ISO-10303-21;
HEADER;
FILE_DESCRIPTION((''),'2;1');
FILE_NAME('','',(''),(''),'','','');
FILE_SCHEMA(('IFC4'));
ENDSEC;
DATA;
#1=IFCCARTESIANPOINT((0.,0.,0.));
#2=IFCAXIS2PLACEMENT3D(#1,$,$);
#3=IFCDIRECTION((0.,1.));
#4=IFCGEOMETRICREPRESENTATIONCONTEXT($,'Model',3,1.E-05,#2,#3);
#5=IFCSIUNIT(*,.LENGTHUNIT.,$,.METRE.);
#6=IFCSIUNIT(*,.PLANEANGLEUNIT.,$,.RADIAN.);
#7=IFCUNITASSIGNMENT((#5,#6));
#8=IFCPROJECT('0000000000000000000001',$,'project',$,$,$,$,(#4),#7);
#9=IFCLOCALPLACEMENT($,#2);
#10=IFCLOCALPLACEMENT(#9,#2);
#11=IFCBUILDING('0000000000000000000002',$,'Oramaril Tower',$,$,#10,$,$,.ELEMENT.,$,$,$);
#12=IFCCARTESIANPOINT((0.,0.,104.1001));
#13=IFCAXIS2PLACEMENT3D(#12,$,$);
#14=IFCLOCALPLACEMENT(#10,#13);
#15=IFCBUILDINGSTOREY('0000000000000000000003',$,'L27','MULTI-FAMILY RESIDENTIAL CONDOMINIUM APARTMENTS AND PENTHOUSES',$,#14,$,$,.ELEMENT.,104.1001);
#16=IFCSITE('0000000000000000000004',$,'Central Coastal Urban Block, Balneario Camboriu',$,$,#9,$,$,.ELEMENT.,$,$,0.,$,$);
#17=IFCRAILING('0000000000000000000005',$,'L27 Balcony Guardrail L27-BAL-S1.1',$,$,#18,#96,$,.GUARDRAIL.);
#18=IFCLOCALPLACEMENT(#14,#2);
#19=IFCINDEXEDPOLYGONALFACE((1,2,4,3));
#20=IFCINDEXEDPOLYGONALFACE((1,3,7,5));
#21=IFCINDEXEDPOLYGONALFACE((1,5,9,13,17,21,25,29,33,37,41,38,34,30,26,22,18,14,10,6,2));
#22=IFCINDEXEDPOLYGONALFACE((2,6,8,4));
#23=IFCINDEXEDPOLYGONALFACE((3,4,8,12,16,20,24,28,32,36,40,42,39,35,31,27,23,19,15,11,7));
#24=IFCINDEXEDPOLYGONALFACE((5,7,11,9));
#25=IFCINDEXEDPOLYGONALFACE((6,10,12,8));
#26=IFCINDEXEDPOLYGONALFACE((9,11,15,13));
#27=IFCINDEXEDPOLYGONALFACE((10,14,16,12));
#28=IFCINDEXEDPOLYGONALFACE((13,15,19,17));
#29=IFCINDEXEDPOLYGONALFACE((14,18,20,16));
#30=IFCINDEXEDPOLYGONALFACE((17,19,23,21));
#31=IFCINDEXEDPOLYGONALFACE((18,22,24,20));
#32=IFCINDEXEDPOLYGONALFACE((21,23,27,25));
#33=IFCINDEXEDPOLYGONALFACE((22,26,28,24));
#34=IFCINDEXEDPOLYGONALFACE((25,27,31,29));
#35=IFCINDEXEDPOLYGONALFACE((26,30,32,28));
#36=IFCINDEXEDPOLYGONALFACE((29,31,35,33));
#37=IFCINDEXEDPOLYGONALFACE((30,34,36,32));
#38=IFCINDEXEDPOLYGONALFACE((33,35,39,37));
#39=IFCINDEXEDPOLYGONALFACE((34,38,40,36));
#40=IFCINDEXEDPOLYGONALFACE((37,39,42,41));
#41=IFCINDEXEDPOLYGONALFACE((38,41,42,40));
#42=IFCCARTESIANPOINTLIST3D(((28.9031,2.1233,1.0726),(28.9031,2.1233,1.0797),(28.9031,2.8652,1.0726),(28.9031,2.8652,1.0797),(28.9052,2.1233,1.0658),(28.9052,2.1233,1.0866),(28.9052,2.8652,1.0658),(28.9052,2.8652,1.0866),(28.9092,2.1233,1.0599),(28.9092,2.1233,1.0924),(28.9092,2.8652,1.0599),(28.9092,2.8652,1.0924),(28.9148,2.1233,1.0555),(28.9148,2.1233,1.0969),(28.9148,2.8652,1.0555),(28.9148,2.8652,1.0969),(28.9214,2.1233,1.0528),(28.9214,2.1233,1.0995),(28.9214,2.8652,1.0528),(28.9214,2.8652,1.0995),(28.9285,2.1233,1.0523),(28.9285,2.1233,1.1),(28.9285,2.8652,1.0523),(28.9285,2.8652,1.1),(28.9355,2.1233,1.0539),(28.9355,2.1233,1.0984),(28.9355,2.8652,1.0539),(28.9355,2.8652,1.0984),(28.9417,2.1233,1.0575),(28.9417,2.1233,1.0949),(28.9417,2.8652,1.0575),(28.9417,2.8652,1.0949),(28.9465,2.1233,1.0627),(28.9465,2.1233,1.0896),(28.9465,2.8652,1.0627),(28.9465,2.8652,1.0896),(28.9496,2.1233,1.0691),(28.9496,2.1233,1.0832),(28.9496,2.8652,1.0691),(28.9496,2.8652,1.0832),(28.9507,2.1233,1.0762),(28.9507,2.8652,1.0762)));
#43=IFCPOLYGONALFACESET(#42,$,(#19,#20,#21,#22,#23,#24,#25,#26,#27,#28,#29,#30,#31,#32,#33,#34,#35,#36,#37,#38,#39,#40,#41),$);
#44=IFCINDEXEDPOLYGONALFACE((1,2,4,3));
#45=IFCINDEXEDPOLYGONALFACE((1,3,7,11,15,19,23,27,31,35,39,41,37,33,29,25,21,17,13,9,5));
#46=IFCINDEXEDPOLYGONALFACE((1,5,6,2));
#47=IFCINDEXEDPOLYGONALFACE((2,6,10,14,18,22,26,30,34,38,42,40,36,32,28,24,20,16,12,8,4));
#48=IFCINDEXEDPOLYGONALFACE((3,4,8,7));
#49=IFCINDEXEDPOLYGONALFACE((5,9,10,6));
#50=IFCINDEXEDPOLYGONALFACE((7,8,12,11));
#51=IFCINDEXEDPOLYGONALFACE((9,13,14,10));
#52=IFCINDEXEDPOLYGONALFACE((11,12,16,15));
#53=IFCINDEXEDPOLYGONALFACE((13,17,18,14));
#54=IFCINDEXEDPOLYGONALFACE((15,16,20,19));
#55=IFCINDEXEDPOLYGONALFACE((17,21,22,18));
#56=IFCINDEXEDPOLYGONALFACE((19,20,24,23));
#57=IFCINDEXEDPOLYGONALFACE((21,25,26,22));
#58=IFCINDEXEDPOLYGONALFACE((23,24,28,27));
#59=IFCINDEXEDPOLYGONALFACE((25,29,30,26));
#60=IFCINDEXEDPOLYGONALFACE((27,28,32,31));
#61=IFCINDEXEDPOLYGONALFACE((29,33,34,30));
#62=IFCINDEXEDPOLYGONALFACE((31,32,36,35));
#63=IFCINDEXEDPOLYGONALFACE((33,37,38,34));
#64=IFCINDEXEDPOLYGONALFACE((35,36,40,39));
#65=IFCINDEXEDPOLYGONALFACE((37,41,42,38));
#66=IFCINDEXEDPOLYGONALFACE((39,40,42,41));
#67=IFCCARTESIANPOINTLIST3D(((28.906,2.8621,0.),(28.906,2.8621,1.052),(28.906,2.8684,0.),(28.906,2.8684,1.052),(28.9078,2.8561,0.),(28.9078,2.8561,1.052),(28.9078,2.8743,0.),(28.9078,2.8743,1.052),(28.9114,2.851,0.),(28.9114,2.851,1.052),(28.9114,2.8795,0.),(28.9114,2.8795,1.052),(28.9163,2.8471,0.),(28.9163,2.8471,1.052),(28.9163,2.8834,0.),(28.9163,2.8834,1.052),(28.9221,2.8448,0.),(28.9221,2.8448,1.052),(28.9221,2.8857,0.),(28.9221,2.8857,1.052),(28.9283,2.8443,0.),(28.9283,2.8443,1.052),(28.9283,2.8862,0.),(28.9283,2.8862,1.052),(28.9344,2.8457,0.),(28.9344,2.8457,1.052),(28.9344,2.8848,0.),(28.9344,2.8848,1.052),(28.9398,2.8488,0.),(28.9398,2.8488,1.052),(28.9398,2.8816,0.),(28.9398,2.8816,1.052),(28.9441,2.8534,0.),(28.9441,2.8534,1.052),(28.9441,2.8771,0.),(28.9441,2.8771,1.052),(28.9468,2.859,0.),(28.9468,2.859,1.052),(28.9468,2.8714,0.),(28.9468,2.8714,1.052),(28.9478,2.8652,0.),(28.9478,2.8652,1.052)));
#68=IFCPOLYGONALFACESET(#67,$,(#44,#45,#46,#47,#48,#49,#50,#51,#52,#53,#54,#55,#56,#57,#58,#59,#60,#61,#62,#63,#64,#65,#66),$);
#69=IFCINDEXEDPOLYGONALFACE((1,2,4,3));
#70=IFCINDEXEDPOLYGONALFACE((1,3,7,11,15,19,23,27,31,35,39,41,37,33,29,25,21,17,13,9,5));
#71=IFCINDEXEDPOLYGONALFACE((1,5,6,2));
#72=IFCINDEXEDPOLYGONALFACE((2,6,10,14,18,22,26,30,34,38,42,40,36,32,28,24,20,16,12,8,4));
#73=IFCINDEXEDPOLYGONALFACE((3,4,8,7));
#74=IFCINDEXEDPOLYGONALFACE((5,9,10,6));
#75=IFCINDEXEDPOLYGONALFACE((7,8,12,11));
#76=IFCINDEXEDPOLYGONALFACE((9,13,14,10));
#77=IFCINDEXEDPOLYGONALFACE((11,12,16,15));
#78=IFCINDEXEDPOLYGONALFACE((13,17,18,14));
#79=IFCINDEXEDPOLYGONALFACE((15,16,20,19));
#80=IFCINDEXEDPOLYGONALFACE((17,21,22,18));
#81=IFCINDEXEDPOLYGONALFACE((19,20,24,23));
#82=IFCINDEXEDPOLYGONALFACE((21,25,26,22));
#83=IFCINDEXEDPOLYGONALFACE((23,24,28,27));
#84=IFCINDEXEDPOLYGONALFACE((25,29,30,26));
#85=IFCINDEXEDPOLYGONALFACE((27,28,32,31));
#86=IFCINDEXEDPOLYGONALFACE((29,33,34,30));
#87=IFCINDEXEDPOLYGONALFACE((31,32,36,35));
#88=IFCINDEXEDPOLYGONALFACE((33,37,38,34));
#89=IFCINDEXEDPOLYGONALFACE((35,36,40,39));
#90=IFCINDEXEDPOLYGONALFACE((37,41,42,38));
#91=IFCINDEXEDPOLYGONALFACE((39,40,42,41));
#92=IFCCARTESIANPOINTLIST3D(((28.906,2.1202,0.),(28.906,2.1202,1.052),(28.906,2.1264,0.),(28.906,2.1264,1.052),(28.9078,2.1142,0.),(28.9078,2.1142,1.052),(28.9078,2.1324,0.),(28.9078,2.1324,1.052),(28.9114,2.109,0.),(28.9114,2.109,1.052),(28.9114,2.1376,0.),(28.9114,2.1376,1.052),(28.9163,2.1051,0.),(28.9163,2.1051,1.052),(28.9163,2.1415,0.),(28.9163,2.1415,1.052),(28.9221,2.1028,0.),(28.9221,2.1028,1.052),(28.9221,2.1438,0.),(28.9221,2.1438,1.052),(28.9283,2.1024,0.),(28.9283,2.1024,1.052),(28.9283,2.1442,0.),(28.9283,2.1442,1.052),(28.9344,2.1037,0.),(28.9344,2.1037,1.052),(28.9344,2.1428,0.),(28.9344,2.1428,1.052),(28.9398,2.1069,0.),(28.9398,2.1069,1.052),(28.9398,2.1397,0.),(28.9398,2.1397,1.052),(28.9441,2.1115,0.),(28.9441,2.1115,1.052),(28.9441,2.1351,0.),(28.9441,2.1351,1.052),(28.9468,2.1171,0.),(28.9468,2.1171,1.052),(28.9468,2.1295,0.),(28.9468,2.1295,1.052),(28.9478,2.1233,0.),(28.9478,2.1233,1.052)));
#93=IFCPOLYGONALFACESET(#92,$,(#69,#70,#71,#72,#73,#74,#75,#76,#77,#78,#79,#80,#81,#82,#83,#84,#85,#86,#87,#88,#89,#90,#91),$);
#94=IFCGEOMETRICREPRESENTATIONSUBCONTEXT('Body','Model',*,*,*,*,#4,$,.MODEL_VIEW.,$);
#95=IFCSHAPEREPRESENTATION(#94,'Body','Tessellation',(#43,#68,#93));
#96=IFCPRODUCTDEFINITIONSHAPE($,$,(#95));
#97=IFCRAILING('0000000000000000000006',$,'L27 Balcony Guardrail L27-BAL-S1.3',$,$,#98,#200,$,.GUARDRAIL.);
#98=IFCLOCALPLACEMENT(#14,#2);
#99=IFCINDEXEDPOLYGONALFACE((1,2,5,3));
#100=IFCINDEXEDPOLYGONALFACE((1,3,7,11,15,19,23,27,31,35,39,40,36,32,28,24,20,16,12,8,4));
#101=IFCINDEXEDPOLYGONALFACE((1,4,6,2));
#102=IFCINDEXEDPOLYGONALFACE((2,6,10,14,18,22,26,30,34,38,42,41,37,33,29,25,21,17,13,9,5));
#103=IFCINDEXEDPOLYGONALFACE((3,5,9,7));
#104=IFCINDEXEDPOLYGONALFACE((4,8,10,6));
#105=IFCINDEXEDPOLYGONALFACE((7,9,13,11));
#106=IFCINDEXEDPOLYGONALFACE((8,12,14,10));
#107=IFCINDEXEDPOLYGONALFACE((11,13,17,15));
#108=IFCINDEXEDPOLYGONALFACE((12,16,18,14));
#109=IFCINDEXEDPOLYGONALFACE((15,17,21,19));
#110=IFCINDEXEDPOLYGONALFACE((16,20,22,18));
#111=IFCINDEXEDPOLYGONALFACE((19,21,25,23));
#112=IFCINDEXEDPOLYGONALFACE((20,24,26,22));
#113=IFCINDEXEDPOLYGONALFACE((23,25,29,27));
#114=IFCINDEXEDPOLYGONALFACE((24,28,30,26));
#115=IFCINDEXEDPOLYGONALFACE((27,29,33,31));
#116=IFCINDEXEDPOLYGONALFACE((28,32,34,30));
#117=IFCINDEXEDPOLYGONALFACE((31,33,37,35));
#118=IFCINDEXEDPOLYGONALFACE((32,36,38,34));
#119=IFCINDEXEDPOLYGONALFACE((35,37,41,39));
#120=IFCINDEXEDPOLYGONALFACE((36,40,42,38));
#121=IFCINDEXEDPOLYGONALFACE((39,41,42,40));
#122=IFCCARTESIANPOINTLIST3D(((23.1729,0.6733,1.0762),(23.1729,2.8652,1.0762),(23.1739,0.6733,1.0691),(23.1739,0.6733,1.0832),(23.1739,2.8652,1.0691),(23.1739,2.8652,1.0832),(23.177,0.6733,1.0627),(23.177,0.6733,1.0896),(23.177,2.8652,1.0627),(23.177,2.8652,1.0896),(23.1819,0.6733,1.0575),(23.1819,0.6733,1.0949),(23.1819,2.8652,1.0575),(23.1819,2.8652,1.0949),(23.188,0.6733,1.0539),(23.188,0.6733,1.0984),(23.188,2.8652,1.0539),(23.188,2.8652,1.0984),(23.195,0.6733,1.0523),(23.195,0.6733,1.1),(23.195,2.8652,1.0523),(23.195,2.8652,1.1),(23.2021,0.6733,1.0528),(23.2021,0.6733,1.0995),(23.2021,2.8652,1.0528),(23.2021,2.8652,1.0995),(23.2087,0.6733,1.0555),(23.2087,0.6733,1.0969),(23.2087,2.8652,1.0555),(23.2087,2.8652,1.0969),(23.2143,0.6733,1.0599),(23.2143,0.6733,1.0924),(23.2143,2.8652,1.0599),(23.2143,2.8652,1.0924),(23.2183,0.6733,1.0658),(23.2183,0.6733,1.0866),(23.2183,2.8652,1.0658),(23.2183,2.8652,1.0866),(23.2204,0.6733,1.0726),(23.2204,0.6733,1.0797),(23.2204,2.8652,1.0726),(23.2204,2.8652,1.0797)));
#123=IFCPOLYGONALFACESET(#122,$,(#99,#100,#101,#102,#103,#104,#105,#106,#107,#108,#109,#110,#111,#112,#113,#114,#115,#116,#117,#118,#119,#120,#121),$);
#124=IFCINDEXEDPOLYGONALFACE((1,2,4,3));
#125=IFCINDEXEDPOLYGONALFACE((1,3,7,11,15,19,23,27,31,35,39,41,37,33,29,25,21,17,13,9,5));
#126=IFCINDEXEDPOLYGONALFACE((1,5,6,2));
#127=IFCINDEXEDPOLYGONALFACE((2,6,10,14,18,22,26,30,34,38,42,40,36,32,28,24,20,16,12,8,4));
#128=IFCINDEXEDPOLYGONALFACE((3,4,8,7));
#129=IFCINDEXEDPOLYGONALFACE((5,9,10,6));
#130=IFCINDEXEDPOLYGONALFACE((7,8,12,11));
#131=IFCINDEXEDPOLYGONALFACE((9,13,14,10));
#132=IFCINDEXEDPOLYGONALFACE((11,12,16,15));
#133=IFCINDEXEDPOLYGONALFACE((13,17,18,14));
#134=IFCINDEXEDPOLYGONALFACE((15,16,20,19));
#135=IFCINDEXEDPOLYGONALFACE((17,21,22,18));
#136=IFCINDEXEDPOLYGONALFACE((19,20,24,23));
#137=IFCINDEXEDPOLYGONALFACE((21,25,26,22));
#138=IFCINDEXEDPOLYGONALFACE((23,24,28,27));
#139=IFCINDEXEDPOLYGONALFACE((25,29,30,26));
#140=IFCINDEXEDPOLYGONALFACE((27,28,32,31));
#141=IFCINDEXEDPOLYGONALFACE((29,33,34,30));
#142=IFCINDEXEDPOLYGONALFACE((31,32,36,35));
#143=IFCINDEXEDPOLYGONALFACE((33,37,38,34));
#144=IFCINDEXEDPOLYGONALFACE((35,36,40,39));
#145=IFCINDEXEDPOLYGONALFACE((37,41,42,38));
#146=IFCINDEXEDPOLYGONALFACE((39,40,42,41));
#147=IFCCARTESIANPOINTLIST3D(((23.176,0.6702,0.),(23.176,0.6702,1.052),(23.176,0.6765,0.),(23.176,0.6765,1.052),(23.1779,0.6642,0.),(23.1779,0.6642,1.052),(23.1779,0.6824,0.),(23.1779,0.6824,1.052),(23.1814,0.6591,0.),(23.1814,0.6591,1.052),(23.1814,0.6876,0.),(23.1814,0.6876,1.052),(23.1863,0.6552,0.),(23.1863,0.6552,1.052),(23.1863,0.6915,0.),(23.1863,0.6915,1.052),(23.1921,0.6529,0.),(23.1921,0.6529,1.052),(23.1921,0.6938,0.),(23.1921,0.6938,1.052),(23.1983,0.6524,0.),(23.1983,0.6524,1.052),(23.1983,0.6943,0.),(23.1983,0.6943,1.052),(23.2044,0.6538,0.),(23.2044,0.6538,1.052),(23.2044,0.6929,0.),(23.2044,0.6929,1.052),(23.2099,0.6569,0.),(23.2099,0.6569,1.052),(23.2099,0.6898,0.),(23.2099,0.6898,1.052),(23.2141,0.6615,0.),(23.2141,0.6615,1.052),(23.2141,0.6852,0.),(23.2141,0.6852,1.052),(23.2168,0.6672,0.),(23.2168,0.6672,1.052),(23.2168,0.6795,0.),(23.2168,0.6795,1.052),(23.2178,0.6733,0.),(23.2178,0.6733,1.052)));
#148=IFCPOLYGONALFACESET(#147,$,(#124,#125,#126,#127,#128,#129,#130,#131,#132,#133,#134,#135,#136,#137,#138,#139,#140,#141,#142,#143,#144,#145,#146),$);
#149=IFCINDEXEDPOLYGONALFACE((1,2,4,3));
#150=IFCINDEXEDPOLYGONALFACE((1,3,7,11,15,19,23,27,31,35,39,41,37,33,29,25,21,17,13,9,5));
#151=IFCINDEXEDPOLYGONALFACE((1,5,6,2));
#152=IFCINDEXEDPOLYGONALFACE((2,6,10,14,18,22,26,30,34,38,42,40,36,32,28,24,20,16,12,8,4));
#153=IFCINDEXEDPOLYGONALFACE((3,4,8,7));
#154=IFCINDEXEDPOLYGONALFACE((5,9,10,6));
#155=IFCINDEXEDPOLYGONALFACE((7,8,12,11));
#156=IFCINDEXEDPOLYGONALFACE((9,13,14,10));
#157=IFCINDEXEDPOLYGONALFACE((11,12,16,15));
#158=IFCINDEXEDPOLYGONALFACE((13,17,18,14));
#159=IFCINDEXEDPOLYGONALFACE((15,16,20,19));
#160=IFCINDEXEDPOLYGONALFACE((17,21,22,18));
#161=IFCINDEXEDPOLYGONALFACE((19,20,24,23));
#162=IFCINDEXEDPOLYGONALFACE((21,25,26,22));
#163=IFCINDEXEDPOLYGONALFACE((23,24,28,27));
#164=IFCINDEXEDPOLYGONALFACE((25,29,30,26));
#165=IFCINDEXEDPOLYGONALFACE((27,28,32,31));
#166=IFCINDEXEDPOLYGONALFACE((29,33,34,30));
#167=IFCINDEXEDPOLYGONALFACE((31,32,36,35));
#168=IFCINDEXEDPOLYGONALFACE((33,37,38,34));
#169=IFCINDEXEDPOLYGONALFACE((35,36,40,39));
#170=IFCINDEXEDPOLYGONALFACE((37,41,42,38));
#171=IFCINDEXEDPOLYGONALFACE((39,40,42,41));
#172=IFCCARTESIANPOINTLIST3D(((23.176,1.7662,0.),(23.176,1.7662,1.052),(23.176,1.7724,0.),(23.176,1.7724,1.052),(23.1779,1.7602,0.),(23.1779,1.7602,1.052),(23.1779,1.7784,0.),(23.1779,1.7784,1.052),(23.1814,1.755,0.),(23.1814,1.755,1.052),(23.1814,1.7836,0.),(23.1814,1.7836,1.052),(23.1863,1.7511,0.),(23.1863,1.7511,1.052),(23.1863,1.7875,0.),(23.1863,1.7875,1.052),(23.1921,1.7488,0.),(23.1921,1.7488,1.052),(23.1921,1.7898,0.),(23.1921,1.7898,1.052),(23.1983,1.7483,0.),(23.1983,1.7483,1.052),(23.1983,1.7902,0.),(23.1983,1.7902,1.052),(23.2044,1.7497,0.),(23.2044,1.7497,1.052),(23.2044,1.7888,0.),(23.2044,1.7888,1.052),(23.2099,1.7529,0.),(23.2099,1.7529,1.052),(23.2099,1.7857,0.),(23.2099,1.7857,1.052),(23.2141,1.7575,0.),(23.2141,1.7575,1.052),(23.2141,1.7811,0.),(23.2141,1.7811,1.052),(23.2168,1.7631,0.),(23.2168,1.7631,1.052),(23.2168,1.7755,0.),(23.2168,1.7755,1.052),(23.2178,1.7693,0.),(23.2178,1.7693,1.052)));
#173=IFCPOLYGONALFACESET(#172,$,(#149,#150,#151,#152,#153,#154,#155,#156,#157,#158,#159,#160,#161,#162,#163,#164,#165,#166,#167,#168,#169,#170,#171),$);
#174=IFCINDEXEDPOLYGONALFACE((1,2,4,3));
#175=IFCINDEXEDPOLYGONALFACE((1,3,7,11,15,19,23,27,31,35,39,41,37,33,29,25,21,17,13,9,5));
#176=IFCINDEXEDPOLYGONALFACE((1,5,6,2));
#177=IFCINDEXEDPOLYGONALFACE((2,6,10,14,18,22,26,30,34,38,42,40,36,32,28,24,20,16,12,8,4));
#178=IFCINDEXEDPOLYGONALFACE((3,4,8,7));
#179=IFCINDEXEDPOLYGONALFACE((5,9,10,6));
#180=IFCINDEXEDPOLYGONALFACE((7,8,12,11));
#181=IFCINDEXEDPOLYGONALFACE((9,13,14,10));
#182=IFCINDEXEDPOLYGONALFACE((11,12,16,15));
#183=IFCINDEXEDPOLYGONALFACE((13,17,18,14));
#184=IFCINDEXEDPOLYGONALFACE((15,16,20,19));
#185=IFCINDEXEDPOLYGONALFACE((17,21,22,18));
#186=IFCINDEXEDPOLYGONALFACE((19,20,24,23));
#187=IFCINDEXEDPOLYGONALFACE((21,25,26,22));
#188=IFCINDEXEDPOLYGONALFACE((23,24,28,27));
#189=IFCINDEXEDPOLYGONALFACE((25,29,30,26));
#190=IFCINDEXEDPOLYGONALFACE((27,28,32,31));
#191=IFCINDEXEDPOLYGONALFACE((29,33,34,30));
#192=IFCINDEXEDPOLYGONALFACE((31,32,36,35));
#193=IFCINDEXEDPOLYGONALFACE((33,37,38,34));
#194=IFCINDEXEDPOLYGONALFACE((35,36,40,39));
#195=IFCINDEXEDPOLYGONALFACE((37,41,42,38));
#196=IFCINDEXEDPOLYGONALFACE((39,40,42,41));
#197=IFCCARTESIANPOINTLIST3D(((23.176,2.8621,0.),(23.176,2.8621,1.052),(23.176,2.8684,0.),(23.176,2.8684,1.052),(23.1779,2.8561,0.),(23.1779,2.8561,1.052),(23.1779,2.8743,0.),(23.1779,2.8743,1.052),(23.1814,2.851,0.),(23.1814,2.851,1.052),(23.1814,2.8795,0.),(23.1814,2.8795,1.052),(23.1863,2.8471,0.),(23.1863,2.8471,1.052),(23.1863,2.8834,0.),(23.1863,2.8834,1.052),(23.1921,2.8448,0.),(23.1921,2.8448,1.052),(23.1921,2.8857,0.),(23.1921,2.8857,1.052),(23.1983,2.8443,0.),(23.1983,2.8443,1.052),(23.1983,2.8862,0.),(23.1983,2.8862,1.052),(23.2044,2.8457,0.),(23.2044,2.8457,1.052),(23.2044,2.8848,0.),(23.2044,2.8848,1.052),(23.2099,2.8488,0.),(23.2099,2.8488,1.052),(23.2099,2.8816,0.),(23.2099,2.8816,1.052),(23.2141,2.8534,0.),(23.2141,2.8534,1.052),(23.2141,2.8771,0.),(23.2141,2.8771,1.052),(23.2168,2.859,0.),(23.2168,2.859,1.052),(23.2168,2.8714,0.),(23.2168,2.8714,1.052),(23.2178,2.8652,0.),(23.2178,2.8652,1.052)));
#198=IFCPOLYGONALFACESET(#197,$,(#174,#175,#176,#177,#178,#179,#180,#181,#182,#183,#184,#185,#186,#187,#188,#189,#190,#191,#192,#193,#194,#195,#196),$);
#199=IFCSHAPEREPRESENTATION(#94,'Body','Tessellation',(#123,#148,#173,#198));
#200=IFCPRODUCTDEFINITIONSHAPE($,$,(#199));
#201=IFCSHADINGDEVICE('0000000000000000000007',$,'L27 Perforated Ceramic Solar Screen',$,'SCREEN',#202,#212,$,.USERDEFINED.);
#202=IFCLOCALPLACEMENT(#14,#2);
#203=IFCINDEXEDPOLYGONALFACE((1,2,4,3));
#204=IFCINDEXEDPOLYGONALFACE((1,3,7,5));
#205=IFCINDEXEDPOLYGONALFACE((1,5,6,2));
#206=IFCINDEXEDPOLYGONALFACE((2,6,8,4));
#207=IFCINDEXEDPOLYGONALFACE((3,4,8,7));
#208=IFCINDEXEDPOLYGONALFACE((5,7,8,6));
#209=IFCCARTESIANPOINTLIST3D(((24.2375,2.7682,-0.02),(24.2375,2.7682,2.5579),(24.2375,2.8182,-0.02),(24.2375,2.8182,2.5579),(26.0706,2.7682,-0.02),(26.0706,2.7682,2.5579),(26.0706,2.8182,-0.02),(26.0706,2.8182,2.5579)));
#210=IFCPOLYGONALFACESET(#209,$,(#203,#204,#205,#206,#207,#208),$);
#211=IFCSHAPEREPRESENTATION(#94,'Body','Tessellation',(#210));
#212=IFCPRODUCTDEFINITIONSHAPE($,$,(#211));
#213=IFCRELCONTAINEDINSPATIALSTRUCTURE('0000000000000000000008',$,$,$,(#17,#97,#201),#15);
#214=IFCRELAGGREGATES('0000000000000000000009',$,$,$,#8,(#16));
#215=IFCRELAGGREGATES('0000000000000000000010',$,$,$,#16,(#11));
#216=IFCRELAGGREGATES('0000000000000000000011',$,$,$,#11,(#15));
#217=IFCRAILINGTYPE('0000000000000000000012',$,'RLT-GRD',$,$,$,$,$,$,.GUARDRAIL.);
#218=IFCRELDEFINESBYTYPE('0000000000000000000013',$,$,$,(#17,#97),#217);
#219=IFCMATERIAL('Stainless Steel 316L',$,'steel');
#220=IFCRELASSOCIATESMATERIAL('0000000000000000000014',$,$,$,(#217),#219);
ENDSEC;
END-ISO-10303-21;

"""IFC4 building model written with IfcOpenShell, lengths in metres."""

from ifc_helpers import new_model, si_unit, direction, frame, origin, origin_2d, place, context, subcontext, project, spatial, rectangle, circle, extrude, material, type_object, element, save


model = new_model("IFC4")

# Units and contexts
model_context = context("Model", 3, precision=1e-05, world=origin(), true_north=direction((0.0, 1.0)))
body_context = subcontext(model_context, "Body", "Model", "MODEL_VIEW")
ifc_project = project(units=[si_unit("LENGTHUNIT", "METRE"), si_unit("PLANEANGLEUNIT", "RADIAN")], contexts=[model_context])

# Site, building, storey
site_placement = place(None, origin())
site = spatial("IfcSite", under=ifc_project, at=site_placement, Name="Central Coastal Urban Block, Balneario Camboriu", CompositionType="ELEMENT", RefElevation=0.0)
building_placement = place(site_placement, origin())
building = spatial("IfcBuilding", under=site, at=building_placement, Name="Oramaril Tower", CompositionType="ELEMENT")
storey_placement = place(building_placement, frame((0.0, 0.0, 104.1001)))
storey = spatial("IfcBuildingStorey", under=building, at=storey_placement, Name="L27", Description="MULTI-FAMILY RESIDENTIAL CONDOMINIUM APARTMENTS AND PENTHOUSES", CompositionType="ELEMENT", Elevation=104.1001)

# Railings
ifc_material_1 = material(Name="Stainless Steel 316L", Category="steel")
railing_type = type_object("IfcRailingType", Name="RLT-GRD", PredefinedType="GUARDRAIL", material=ifc_material_1)
railing_1_placement = place(storey_placement, frame((28.9268, 2.8652, 0.0)))
element("IfcRailing", 1, at=railing_1_placement, inside=storey, type_object=railing_type, Name="L27 Balcony Guardrail L27-BAL-S1.1", PredefinedType="GUARDRAIL", context=body_context, shape_type="SweptSolid", body=[
    extrude(circle(Radius=0.0239, at=origin_2d()), frame((0.0, 0.0, 1.0762), z_axis=(0.0, -1.0, 0.0), x_axis=(1.0, 0.0, 0.0)), (0.0, 0.0, 1.0), 0.7419),
    extrude(circle(Radius=0.021, at=origin_2d()), origin(), (0.0, 0.0, 1.0), 1.052),
    extrude(circle(Radius=0.021, at=origin_2d()), frame((0.0, -0.7419, 0.0)), (0.0, 0.0, 1.0), 1.052),
])
railing_2_placement = place(storey_placement, frame((23.1968, 0.6733, 0.0)))
element("IfcRailing", 2, at=railing_2_placement, inside=storey, type_object=railing_type, Name="L27 Balcony Guardrail L27-BAL-S1.3", PredefinedType="GUARDRAIL", context=body_context, shape_type="SweptSolid", body=[
    extrude(circle(Radius=0.0239, at=origin_2d()), frame((0.0, 0.0, 1.0762), z_axis=(0.0, 1.0, 0.0), x_axis=(-1.0, 0.0, 0.0)), (0.0, 0.0, 1.0), 2.1919),
    extrude(circle(Radius=0.021, at=origin_2d()), origin(), (0.0, 0.0, 1.0), 1.052),
    extrude(circle(Radius=0.021, at=origin_2d()), frame((0.0, 1.0959, 0.0)), (0.0, 0.0, 1.0), 1.052),
    extrude(circle(Radius=0.021, at=origin_2d()), frame((0.0, 2.1919, 0.0)), (0.0, 0.0, 1.0), 1.052),
])

# Shading device
for number, where, z_axis, x_axis, name in (
    (3, (25.1541, 2.7932, -0.02), (0.0, 0.0, 1.0), (1.0, 0.0, 0.0), "L27 Perforated Ceramic Solar Screen"),
):
    element("IfcShadingDevice", number, at=place(storey_placement, frame(where, z_axis=z_axis, x_axis=x_axis)), inside=storey, Name=name, ObjectType="SCREEN", PredefinedType="USERDEFINED", context=body_context, shape_type="SweptSolid", body=[
        extrude(rectangle(XDim=1.833, YDim=0.05, at=origin_2d()), origin(), (0.0, 0.0, 1.0), 2.5779),
    ])

save(model, "model.ifc")
